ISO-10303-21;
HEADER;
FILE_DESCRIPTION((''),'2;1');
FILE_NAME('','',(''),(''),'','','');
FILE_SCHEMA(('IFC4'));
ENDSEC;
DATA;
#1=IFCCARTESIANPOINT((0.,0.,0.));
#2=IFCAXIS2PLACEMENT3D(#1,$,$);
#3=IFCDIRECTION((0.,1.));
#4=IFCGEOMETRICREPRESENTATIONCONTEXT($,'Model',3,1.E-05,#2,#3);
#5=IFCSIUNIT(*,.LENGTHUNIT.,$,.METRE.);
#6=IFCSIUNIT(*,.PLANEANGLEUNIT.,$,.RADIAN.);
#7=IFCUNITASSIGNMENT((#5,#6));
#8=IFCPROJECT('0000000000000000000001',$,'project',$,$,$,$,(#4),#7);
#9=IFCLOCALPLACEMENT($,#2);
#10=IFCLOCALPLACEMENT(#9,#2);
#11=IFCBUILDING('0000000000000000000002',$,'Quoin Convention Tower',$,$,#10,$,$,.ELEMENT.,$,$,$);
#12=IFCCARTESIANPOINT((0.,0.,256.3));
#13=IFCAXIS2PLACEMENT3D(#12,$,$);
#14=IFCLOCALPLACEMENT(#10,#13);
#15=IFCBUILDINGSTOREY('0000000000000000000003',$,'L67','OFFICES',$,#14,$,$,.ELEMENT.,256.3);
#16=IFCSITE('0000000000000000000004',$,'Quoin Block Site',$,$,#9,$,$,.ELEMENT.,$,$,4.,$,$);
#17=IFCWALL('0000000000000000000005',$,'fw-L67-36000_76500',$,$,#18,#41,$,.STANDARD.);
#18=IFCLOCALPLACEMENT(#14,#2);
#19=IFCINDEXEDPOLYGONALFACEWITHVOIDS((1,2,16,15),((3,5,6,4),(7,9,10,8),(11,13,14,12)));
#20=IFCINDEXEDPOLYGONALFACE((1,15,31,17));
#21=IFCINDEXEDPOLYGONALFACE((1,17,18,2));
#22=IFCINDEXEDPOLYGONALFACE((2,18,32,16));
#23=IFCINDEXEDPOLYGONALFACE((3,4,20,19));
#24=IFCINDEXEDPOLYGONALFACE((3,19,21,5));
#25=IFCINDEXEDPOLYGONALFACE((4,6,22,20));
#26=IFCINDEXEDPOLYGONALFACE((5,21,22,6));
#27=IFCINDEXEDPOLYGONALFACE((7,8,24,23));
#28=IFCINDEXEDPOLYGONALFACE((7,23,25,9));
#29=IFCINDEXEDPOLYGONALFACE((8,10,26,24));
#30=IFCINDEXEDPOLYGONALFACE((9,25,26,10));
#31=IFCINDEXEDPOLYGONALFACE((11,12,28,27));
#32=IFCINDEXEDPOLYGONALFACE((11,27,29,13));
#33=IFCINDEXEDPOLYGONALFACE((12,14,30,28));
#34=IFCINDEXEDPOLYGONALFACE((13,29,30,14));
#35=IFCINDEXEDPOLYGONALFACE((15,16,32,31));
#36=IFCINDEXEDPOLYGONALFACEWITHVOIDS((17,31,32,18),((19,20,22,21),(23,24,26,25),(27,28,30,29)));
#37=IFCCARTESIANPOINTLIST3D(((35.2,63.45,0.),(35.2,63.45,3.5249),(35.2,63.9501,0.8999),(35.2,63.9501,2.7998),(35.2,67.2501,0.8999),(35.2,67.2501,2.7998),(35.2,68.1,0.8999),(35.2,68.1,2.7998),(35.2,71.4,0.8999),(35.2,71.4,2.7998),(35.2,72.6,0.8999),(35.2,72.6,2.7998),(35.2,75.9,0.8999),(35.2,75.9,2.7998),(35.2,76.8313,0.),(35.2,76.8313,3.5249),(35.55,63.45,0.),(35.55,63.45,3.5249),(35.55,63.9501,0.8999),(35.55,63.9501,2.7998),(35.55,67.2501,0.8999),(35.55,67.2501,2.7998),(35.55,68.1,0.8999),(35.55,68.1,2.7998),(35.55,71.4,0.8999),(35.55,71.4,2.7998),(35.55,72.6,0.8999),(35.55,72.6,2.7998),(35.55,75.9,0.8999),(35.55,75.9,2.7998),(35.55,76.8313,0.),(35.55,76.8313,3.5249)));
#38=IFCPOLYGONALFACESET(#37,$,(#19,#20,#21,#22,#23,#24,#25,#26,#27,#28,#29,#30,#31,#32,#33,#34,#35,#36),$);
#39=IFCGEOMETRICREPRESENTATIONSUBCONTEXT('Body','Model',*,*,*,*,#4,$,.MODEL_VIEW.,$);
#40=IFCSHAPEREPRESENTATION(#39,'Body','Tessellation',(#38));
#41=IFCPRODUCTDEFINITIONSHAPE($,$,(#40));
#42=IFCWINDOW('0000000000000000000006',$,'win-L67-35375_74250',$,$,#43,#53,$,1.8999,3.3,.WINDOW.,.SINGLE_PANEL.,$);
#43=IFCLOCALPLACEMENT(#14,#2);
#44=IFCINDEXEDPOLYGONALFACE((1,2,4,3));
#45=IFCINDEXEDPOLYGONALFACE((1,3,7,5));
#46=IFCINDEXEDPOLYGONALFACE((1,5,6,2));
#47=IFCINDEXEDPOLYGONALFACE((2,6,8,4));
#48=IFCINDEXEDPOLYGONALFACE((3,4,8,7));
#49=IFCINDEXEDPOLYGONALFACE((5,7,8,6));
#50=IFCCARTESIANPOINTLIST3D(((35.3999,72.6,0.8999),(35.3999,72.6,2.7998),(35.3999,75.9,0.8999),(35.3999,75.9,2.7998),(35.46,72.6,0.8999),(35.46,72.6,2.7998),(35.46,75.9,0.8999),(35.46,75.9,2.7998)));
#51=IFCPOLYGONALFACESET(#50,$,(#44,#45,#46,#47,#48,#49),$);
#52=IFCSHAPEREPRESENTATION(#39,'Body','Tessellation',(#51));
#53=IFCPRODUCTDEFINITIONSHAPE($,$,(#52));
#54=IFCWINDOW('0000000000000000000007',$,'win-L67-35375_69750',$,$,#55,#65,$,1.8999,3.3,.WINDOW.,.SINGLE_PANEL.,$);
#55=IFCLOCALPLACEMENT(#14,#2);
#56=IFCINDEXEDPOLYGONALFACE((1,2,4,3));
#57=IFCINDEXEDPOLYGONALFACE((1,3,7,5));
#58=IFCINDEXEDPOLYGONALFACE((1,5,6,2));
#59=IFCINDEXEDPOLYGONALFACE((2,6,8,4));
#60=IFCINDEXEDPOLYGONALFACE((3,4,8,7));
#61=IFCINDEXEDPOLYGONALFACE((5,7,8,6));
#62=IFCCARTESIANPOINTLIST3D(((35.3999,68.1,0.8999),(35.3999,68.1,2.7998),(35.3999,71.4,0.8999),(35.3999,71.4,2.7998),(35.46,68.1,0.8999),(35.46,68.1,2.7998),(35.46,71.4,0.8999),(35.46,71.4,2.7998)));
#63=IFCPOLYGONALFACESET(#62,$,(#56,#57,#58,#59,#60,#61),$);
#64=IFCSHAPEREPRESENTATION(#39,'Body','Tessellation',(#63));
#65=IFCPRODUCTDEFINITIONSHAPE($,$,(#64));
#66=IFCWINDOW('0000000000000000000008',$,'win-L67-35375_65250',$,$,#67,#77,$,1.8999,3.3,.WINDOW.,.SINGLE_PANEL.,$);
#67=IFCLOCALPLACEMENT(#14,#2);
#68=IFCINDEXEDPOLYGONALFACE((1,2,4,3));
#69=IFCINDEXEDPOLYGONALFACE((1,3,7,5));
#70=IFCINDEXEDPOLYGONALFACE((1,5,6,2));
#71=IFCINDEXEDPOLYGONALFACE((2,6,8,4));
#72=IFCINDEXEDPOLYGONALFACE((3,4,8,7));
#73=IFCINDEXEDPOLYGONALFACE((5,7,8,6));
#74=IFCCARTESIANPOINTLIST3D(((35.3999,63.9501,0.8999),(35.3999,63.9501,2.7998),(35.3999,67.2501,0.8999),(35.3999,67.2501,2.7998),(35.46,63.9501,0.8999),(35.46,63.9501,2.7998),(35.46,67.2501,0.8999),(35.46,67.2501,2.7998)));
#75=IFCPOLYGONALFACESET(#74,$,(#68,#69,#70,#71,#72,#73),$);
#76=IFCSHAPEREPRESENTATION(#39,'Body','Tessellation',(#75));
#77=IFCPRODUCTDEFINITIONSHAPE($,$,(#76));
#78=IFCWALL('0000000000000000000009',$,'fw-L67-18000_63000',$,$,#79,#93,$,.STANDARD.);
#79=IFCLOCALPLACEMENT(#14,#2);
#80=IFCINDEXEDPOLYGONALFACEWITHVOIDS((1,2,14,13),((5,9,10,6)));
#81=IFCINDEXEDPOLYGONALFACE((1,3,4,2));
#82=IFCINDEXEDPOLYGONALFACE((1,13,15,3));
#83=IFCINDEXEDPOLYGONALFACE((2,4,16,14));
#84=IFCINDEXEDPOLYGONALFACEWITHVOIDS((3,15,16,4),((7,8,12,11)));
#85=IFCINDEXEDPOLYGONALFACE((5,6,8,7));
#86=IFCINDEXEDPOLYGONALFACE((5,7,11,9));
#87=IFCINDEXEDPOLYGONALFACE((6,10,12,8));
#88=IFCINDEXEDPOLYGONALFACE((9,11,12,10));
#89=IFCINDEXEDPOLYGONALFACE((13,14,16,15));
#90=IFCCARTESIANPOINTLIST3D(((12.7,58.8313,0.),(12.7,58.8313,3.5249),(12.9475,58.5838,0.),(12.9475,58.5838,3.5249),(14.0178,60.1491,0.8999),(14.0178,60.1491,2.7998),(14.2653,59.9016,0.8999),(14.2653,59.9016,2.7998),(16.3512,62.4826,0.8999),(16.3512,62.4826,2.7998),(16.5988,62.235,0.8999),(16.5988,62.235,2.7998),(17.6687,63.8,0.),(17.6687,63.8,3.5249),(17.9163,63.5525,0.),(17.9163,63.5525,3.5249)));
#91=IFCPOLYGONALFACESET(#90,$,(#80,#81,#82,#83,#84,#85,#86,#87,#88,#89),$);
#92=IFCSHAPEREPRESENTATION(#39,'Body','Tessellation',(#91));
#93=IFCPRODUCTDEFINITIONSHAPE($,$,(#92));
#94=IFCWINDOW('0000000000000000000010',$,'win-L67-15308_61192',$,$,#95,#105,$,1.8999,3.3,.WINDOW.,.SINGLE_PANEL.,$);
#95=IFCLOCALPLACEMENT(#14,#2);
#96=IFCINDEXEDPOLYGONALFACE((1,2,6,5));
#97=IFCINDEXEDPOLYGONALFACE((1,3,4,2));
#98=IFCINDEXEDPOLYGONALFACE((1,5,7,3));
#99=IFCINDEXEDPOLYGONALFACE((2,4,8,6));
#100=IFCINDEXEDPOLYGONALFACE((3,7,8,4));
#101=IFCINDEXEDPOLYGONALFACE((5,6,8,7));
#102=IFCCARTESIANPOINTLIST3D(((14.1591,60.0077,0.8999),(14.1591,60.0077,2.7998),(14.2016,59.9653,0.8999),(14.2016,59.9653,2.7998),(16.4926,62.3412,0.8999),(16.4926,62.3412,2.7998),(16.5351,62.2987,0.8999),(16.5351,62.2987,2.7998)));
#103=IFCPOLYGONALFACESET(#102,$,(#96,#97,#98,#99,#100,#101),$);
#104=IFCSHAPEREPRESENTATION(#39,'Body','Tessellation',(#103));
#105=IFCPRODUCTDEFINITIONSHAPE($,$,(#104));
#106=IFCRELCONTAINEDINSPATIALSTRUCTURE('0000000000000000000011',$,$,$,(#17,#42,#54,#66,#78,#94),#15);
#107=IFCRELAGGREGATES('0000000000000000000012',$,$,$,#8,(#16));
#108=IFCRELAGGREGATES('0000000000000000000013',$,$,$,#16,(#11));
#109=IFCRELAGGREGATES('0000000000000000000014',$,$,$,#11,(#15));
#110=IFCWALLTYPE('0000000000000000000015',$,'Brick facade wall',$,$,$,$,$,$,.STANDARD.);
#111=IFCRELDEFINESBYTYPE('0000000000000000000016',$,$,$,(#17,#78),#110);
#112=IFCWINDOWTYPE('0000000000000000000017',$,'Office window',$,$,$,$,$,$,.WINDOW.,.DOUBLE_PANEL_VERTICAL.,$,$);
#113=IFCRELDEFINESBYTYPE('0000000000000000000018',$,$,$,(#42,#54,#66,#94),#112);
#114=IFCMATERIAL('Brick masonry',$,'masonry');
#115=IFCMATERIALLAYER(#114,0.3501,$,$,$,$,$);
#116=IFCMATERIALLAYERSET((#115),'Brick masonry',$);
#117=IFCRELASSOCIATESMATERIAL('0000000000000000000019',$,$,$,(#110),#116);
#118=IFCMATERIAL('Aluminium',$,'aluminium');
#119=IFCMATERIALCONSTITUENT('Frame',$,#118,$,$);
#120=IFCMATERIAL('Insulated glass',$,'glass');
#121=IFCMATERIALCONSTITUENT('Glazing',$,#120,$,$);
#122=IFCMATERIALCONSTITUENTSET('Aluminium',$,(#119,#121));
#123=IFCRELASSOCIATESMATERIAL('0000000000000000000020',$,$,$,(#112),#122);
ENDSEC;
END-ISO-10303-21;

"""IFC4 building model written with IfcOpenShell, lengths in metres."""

from ifc_helpers import new_model, si_unit, direction, frame, frame_2d, origin, place, context, subcontext, project, spatial, rectangle, extrude, material, layer, layer_set, constituent, constituent_set, type_object, element, fill, save


model = new_model("IFC4")

# Units and contexts
model_context = context("Model", 3, precision=1e-05, world=origin(), true_north=direction((0.0, 1.0)))
body_context = subcontext(model_context, "Body", "Model", "MODEL_VIEW")
ifc_project = project(units=[si_unit("LENGTHUNIT", "METRE"), si_unit("PLANEANGLEUNIT", "RADIAN")], contexts=[model_context])

# Site, building, storey
site_placement = place(None, origin())
site = spatial("IfcSite", under=ifc_project, at=site_placement, Name="Quoin Block Site", CompositionType="ELEMENT", RefElevation=4.0)
building_placement = place(site_placement, origin())
building = spatial("IfcBuilding", under=site, at=building_placement, Name="Quoin Convention Tower", CompositionType="ELEMENT")
storey_placement = place(building_placement, frame((0.0, 0.0, 256.3)))
storey = spatial("IfcBuildingStorey", under=building, at=storey_placement, Name="L67", Description="OFFICES", CompositionType="ELEMENT", Elevation=256.3)

# Wall, openings, windows
ifc_material_1 = material(Name="Brick masonry", Category="masonry")
ifc_layer_1 = layer(ifc_material_1, 0.3501)
ifc_layer_set_1 = layer_set([ifc_layer_1], Name="Brick masonry")
wall_type_1 = type_object("IfcWallType", Name="Brick facade wall", PredefinedType="STANDARD", material=ifc_layer_set_1)
wall_1_placement = place(storey_placement, frame((35.375, 76.8313, 0.0), z_axis=(0.0, 0.0, 1.0), x_axis=(0.0, -1.0, 0.0)))
wall_1 = element("IfcWall", 1, at=wall_1_placement, inside=storey, type_object=wall_type_1, Name="fw-L67-36000_76500", PredefinedType="STANDARD", context=body_context, shape_type="SweptSolid", body=[
    extrude(rectangle(XDim=13.3813, YDim=0.3501, at=frame_2d((6.6907, 0.0))), origin(), (0.0, 0.0, 1.0), 3.5249),
])
opening_1_placement = place(wall_1_placement, frame((0.9314, 0.0, 0.8999)))
opening_1 = element("IfcOpeningElement", 2, at=opening_1_placement, cuts=wall_1, PredefinedType="OPENING", context=body_context, shape_type="SweptSolid", body=[
    extrude(rectangle(XDim=3.3, YDim=1.8999, at=frame_2d((1.6499, 0.95))), frame((0.0, 0.1851, 0.0), z_axis=(0.0, -1.0, 0.0), x_axis=(1.0, 0.0, 0.0)), (0.0, 0.0, 1.0), 0.3701),
])
opening_2_placement = place(wall_1_placement, frame((5.4314, 0.0, 0.8999)))
opening_2 = element("IfcOpeningElement", 3, at=opening_2_placement, cuts=wall_1, PredefinedType="OPENING", context=body_context, shape_type="SweptSolid", body=[
    extrude(rectangle(XDim=3.3, YDim=1.8999, at=frame_2d((1.6499, 0.95))), frame((0.0, 0.1851, 0.0), z_axis=(0.0, -1.0, 0.0), x_axis=(1.0, 0.0, 0.0)), (0.0, 0.0, 1.0), 0.3701),
])
opening_3_placement = place(wall_1_placement, frame((9.5813, 0.0, 0.8999)))
opening_3 = element("IfcOpeningElement", 4, at=opening_3_placement, cuts=wall_1, PredefinedType="OPENING", context=body_context, shape_type="SweptSolid", body=[
    extrude(rectangle(XDim=3.3, YDim=1.8999, at=frame_2d((1.6499, 0.95))), frame((0.0, 0.1851, 0.0), z_axis=(0.0, -1.0, 0.0), x_axis=(1.0, 0.0, 0.0)), (0.0, 0.0, 1.0), 0.3701),
])
ifc_material_2 = material(Name="Aluminium", Category="aluminium")
ifc_constituent_1 = constituent(ifc_material_2, Name="Frame")
ifc_material_3 = material(Name="Insulated glass", Category="glass")
ifc_constituent_2 = constituent(ifc_material_3, Name="Glazing")
ifc_constituent_set = constituent_set(constituents=[ifc_constituent_1, ifc_constituent_2], Name="Aluminium")
window_type = type_object("IfcWindowType", Name="Office window", PartitioningType="DOUBLE_PANEL_VERTICAL", PredefinedType="WINDOW", material=ifc_constituent_set)
window_1_placement = place(opening_1_placement, origin())
window_1 = element("IfcWindow", 5, at=window_1_placement, inside=storey, type_object=window_type, Name="win-L67-35375_74250", OverallHeight=1.8999, OverallWidth=3.3, PartitioningType="SINGLE_PANEL", PredefinedType="WINDOW", context=body_context, shape_type="SweptSolid", body=[
    extrude(rectangle(XDim=3.3, YDim=1.8999, at=frame_2d((1.6499, 0.95))), frame((0.0, 0.085, 0.0), z_axis=(0.0, -1.0, 0.0), x_axis=(1.0, 0.0, 0.0)), (0.0, 0.0, 1.0), 0.0601),
])
fill(opening_1, window_1)
window_2_placement = place(opening_2_placement, origin())
window_2 = element("IfcWindow", 6, at=window_2_placement, inside=storey, type_object=window_type, Name="win-L67-35375_69750", OverallHeight=1.8999, OverallWidth=3.3, PartitioningType="SINGLE_PANEL", PredefinedType="WINDOW", context=body_context, shape_type="SweptSolid", body=[
    extrude(rectangle(XDim=3.3, YDim=1.8999, at=frame_2d((1.6499, 0.95))), frame((0.0, 0.085, 0.0), z_axis=(0.0, -1.0, 0.0), x_axis=(1.0, 0.0, 0.0)), (0.0, 0.0, 1.0), 0.0601),
])
fill(opening_2, window_2)
window_3_placement = place(opening_3_placement, origin())
window_3 = element("IfcWindow", 7, at=window_3_placement, inside=storey, type_object=window_type, Name="win-L67-35375_65250", OverallHeight=1.8999, OverallWidth=3.3, PartitioningType="SINGLE_PANEL", PredefinedType="WINDOW", context=body_context, shape_type="SweptSolid", body=[
    extrude(rectangle(XDim=3.3, YDim=1.8999, at=frame_2d((1.6499, 0.95))), frame((0.0, 0.085, 0.0), z_axis=(0.0, -1.0, 0.0), x_axis=(1.0, 0.0, 0.0)), (0.0, 0.0, 1.0), 0.0601),
])
fill(opening_3, window_3)

# Wall, opening, window
wall_2_placement = place(storey_placement, frame((17.7925, 63.6763, 0.0), z_axis=(0.0, 0.0, 1.0), x_axis=(-0.707107, -0.707107, 0.0)))
wall_2 = element("IfcWall", 8, at=wall_2_placement, inside=storey, type_object=wall_type_1, Name="fw-L67-18000_63000", PredefinedType="STANDARD", context=body_context, shape_type="SweptSolid", body=[
    extrude(rectangle(XDim=7.0269, YDim=0.3501, at=frame_2d((3.5134, 0.0))), origin(), (0.0, 0.0, 1.0), 3.5249),
])
opening_4_placement = place(wall_2_placement, frame((1.8633, 0.0, 0.8999)))
opening_4 = element("IfcOpeningElement", 9, at=opening_4_placement, cuts=wall_2, PredefinedType="OPENING", context=body_context, shape_type="SweptSolid", body=[
    extrude(rectangle(XDim=3.3, YDim=1.8999, at=frame_2d((1.6499, 0.95))), frame((0.0, 0.1851, 0.0), z_axis=(0.0, -1.0, 0.0), x_axis=(1.0, 0.0, 0.0)), (0.0, 0.0, 1.0), 0.3701),
])
window_4_placement = place(opening_4_placement, origin())
window_4 = element("IfcWindow", 10, at=window_4_placement, inside=storey, type_object=window_type, Name="win-L67-15308_61192", OverallHeight=1.8999, OverallWidth=3.3, PartitioningType="SINGLE_PANEL", PredefinedType="WINDOW", context=body_context, shape_type="SweptSolid", body=[
    extrude(rectangle(XDim=3.3, YDim=1.8999, at=frame_2d((1.6499, 0.95))), frame((0.0, 0.085, 0.0), z_axis=(0.0, -1.0, 0.0), x_axis=(1.0, 0.0, 0.0)), (0.0, 0.0, 1.0), 0.0601),
])
fill(opening_4, window_4)

save(model, "model.ifc")
